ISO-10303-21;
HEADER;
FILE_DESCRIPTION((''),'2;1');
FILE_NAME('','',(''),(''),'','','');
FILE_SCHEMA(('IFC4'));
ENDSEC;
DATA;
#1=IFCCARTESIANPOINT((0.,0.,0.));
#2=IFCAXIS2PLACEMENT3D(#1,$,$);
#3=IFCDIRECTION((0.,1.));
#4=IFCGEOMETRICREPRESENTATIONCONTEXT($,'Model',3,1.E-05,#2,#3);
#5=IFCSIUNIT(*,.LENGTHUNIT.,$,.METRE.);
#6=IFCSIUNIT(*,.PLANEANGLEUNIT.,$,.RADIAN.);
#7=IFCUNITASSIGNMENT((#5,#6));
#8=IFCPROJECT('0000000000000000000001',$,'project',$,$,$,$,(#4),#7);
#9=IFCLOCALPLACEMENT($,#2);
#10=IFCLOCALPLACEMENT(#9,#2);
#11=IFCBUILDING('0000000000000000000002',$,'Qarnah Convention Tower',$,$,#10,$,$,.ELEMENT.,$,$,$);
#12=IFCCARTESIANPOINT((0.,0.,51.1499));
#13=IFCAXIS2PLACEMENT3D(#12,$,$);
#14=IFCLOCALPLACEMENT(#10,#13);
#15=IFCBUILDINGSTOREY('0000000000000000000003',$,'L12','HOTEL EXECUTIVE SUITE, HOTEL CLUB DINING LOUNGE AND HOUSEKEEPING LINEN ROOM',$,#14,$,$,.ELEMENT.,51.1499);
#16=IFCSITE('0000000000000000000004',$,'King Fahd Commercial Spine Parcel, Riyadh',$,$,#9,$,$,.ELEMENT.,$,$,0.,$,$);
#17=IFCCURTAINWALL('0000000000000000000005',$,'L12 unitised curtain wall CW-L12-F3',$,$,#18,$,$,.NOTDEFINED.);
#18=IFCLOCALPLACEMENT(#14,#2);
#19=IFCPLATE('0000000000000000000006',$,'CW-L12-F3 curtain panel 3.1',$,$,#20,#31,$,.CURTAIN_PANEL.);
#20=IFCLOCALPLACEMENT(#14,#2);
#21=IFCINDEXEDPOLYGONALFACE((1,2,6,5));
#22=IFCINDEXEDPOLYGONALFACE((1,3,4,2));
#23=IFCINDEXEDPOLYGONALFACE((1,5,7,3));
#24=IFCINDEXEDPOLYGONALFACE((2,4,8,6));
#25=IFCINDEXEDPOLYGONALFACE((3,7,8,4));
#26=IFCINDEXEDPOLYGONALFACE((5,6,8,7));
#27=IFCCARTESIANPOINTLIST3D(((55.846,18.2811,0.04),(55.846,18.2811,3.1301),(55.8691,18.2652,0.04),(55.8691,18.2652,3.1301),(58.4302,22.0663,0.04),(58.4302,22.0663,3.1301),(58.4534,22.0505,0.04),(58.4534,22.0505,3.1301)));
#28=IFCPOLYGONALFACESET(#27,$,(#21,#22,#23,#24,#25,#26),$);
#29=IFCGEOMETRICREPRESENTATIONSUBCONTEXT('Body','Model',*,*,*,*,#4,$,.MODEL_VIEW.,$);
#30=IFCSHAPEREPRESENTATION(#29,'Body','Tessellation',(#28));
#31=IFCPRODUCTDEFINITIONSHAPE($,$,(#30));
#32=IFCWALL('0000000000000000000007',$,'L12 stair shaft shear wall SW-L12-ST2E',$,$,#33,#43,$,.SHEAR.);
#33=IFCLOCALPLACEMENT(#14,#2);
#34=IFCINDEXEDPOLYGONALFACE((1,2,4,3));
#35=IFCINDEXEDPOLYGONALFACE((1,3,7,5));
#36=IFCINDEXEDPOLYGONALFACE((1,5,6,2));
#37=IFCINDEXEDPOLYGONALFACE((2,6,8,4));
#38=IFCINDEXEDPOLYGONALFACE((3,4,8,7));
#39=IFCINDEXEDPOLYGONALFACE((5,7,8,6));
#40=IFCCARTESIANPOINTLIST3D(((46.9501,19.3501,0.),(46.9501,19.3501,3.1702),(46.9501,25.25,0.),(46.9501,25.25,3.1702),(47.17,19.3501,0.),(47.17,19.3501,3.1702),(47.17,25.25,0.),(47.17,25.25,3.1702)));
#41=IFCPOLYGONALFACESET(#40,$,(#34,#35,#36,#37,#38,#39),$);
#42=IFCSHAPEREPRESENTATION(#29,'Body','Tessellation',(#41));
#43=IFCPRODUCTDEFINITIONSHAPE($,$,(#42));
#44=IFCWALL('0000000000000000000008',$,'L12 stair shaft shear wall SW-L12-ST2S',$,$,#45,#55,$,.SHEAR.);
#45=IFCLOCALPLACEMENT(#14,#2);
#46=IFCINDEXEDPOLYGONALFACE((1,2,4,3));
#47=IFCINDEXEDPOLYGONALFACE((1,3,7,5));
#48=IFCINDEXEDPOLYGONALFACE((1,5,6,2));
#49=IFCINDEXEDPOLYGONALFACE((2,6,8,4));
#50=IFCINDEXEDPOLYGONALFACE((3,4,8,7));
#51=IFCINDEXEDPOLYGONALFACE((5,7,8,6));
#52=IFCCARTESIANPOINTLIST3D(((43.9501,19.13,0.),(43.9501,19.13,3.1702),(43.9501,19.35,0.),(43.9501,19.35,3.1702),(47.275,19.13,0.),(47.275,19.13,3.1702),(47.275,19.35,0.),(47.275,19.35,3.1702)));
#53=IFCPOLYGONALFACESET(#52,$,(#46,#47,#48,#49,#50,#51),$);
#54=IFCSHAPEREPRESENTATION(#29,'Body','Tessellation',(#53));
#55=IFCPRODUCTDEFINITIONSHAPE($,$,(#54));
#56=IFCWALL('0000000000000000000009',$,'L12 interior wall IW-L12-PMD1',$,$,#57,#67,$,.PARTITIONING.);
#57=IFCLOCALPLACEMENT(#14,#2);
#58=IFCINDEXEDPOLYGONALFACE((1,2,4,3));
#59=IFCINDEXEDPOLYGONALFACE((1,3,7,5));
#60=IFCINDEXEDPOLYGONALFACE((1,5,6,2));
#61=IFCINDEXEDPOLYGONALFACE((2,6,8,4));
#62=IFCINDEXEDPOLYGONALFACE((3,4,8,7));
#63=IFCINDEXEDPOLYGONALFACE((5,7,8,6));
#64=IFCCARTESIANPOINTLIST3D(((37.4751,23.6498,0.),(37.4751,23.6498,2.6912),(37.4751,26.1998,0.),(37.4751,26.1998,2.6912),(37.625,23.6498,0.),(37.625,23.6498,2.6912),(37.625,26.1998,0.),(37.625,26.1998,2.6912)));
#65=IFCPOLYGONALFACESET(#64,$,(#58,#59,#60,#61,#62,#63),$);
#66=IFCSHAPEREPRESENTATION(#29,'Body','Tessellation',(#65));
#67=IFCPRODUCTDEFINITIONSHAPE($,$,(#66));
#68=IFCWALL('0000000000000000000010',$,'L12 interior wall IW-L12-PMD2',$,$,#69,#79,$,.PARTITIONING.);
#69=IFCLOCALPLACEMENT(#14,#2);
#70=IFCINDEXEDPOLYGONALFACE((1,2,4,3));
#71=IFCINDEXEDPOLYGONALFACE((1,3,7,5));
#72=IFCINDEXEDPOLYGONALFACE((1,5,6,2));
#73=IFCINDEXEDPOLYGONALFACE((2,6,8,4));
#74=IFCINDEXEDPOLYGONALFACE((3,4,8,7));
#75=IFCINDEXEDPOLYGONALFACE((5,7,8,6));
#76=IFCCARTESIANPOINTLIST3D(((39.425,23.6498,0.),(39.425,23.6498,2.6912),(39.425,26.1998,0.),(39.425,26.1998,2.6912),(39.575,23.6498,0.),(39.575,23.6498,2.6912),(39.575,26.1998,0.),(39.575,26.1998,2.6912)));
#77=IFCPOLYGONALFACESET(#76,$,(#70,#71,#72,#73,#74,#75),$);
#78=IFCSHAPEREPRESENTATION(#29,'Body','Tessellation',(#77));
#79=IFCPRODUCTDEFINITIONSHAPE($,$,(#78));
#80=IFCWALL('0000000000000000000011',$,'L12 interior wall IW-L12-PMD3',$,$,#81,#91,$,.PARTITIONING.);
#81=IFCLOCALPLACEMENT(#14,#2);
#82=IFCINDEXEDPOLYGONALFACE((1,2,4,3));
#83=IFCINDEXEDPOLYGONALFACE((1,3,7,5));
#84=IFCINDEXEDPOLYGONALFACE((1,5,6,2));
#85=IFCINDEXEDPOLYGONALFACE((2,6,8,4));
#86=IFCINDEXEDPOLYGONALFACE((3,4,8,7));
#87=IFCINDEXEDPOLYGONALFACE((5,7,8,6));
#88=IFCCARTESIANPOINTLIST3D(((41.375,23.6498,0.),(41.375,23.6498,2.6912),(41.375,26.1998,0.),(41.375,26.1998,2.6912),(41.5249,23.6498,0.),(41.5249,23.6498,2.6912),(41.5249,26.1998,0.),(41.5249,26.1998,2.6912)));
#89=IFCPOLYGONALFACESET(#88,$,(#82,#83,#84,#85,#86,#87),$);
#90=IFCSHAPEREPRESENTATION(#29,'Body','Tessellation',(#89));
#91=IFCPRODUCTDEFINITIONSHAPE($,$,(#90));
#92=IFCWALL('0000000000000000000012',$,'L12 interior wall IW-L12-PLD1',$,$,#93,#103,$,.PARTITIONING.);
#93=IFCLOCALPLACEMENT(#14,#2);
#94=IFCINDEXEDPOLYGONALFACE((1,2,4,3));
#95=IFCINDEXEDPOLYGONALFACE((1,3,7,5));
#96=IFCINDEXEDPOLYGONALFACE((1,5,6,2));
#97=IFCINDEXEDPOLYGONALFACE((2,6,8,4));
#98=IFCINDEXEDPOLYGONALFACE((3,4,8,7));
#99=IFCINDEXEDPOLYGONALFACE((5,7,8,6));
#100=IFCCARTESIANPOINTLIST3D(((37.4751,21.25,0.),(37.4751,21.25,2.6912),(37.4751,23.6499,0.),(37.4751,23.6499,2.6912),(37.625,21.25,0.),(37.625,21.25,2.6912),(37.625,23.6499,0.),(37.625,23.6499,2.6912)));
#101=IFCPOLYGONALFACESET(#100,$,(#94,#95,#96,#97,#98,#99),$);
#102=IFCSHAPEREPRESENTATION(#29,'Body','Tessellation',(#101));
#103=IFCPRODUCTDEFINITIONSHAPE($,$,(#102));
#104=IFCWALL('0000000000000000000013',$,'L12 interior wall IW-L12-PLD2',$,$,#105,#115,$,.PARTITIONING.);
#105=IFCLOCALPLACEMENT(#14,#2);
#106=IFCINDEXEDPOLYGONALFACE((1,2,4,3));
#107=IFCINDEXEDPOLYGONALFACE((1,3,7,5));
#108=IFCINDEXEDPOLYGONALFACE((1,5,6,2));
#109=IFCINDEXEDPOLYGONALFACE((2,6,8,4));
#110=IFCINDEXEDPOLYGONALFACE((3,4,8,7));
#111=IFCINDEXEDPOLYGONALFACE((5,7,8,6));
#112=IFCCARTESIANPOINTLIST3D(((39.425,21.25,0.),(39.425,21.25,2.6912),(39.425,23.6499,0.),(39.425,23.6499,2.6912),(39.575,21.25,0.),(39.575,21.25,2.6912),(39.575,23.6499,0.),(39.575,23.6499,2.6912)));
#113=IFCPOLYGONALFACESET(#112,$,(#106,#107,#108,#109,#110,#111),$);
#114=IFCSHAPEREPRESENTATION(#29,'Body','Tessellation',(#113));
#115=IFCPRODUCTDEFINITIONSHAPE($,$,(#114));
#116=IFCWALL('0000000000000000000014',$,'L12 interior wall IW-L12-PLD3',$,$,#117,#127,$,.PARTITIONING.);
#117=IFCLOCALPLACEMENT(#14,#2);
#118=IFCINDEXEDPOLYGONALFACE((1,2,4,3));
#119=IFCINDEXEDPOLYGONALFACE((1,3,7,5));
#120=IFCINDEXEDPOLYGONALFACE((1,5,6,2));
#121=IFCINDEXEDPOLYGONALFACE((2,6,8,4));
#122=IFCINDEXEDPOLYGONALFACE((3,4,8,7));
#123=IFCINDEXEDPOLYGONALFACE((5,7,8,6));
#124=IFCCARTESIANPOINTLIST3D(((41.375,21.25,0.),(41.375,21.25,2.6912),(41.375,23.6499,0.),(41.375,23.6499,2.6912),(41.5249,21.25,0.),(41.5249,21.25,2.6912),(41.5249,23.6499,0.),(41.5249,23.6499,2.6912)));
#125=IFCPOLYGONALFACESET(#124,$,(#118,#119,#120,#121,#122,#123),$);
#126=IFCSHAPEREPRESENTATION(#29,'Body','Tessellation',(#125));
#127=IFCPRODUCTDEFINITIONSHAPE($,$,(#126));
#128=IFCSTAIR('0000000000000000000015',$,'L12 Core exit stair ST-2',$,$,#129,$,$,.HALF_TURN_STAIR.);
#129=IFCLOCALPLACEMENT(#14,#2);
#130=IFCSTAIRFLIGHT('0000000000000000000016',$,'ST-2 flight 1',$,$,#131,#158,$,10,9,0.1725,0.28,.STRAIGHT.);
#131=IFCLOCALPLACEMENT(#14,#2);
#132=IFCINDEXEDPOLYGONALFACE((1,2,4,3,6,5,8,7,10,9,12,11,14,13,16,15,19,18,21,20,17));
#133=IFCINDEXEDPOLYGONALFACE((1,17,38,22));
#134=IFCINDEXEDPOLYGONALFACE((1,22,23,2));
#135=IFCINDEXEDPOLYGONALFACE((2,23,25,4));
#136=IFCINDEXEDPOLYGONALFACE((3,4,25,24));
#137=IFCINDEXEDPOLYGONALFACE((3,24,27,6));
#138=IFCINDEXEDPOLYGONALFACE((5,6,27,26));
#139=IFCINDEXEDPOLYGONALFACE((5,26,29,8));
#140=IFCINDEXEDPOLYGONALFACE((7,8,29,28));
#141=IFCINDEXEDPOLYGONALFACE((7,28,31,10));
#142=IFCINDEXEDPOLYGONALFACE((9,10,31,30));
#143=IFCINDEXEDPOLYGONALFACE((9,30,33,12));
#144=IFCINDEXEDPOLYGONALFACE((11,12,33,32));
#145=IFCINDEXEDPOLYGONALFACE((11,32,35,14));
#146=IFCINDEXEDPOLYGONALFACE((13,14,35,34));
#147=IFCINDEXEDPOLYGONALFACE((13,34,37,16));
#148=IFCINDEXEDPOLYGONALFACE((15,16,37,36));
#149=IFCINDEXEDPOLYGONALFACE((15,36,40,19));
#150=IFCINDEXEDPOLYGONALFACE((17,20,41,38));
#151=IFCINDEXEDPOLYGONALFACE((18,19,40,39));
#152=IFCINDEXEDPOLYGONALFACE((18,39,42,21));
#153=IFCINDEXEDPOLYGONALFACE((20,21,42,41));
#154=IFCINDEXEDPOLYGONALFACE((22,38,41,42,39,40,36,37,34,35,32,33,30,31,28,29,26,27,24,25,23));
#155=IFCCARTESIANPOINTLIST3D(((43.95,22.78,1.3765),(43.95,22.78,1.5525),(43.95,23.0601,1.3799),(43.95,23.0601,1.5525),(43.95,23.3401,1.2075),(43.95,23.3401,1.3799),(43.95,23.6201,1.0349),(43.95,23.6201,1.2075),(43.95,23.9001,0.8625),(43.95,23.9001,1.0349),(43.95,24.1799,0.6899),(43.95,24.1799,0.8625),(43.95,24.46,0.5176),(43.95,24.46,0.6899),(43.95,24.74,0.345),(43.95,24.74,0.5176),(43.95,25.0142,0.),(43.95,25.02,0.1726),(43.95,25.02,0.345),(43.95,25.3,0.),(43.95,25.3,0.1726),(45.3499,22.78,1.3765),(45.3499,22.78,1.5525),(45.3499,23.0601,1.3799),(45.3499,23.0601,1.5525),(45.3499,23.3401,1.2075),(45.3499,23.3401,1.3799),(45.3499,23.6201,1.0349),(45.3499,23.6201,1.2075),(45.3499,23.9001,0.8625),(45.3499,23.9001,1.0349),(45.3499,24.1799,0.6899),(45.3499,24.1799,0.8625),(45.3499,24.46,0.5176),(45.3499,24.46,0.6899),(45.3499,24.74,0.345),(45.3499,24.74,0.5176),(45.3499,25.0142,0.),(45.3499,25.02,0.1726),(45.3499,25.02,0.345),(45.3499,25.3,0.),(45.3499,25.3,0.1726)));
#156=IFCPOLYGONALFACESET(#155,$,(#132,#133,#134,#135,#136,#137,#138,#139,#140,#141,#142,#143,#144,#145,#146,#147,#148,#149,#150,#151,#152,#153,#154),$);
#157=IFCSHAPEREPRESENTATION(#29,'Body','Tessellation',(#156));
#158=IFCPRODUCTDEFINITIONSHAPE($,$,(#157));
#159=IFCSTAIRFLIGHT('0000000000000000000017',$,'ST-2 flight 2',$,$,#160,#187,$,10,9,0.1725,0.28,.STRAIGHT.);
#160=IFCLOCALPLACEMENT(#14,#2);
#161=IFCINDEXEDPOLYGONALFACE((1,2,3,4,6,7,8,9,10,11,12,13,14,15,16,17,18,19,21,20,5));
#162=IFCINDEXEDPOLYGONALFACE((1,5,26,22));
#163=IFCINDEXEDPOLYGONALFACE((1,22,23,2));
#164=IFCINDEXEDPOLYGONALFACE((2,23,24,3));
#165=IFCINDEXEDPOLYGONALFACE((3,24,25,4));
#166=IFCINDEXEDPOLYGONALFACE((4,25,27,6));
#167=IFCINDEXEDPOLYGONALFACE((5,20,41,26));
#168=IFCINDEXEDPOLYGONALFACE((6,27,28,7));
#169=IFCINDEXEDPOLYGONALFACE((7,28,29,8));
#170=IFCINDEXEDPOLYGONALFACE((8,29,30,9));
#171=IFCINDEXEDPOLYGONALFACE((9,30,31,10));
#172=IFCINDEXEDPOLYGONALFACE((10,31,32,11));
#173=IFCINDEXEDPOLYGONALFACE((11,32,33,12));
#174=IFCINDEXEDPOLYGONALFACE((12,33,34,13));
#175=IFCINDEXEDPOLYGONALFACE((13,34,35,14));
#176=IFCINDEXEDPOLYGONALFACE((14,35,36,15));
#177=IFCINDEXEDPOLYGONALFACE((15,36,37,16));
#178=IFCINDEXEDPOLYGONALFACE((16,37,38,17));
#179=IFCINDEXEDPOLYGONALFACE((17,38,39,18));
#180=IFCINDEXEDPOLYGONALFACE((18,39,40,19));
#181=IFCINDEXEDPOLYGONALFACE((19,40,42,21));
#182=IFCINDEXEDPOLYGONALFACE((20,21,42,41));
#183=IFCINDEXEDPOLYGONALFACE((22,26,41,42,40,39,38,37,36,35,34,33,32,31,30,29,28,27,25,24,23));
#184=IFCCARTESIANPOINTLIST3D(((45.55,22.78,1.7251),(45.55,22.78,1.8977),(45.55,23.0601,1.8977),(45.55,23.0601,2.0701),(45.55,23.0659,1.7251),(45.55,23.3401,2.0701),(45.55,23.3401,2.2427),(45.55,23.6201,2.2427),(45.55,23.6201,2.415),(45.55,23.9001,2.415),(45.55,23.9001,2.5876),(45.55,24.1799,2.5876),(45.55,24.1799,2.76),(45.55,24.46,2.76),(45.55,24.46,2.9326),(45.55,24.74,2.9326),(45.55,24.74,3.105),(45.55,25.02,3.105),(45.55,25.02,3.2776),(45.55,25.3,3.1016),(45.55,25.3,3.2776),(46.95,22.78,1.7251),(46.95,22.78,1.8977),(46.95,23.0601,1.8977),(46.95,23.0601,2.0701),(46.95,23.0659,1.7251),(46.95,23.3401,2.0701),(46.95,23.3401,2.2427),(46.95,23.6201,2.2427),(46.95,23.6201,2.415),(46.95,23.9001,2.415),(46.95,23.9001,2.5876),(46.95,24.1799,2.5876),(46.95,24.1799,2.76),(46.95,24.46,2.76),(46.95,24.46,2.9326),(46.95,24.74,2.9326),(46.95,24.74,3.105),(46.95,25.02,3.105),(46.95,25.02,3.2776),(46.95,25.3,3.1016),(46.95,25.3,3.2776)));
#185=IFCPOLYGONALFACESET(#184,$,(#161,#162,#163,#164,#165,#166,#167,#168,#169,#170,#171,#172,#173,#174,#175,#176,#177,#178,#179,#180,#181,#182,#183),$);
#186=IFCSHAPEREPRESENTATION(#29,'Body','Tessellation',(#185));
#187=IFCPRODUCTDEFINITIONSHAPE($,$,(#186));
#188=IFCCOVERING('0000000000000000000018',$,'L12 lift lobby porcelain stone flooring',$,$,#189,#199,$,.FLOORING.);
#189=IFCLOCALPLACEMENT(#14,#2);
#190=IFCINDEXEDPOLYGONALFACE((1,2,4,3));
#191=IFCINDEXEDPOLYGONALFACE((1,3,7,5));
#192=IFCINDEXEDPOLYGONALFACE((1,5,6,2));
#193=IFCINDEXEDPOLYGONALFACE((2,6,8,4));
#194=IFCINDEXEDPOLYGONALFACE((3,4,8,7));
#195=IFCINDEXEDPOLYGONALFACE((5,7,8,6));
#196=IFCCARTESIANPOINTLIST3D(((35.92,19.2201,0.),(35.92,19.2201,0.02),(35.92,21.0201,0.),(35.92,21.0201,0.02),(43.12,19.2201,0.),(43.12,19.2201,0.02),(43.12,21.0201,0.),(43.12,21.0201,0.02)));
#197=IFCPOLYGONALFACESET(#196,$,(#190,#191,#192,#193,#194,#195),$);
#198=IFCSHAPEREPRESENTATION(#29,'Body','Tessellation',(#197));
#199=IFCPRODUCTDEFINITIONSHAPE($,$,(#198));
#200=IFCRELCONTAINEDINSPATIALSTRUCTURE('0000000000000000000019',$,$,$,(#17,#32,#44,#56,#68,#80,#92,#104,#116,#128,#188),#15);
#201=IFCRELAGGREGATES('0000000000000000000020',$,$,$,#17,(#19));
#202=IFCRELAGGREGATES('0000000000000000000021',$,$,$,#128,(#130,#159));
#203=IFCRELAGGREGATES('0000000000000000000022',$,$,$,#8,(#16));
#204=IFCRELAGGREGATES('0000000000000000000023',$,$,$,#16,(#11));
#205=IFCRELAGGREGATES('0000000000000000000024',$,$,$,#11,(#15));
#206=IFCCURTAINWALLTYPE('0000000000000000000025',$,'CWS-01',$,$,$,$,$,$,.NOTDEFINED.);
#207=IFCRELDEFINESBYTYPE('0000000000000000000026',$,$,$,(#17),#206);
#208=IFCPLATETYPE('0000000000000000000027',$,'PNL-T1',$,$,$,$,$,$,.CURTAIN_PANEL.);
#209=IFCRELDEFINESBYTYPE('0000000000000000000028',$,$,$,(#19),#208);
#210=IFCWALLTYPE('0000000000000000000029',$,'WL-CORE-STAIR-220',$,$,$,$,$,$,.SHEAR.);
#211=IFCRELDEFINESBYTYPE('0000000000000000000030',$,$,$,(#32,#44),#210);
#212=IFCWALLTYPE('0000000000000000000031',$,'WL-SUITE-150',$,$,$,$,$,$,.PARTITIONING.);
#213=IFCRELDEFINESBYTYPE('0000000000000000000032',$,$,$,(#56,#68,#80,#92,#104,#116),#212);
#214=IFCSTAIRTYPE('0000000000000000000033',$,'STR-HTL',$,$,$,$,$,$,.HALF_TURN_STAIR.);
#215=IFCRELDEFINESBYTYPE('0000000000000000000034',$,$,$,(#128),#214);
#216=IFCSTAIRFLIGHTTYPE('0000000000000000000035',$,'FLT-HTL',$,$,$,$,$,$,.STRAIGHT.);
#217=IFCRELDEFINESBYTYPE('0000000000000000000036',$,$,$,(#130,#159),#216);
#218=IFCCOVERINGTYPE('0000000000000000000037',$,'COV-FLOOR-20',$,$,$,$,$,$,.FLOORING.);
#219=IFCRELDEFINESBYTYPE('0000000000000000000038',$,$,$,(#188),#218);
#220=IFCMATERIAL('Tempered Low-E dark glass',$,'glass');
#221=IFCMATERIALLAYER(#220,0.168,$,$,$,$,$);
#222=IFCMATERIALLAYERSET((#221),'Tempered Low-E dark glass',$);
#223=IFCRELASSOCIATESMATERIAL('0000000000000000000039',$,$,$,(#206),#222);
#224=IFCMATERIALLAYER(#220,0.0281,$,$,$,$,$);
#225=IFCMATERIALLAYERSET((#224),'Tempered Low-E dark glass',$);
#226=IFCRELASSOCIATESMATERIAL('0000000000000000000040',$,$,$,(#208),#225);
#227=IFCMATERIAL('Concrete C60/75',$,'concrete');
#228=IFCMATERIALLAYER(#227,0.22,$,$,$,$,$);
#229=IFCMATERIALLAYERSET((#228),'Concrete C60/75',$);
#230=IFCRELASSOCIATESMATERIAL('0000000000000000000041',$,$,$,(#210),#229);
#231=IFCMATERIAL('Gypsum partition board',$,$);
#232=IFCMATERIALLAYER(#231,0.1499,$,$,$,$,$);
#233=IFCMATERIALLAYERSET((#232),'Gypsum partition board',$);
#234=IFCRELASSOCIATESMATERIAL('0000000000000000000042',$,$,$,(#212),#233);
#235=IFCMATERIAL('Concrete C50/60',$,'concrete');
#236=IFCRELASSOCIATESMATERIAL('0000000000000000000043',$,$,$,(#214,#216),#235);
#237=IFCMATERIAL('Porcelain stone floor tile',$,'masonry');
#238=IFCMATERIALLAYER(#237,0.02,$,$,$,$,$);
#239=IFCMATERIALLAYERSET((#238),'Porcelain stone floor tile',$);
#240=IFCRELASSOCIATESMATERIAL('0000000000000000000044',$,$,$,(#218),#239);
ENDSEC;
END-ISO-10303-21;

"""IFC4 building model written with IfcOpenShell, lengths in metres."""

from ifc_helpers import new_model, si_unit, direction, frame, frame_2d, origin, origin_2d, place, context, subcontext, project, spatial, polyline, rectangle, outline, extrude, material, layer, layer_set, type_object, element, aggregate, save


model = new_model("IFC4")

# Units and contexts
model_context = context("Model", 3, precision=1e-05, world=origin(), true_north=direction((0.0, 1.0)))
body_context = subcontext(model_context, "Body", "Model", "MODEL_VIEW")
ifc_project = project(units=[si_unit("LENGTHUNIT", "METRE"), si_unit("PLANEANGLEUNIT", "RADIAN")], contexts=[model_context])

# Site, building, storey
site_placement = place(None, origin())
site = spatial("IfcSite", under=ifc_project, at=site_placement, Name="King Fahd Commercial Spine Parcel, Riyadh", CompositionType="ELEMENT", RefElevation=0.0)
building_placement = place(site_placement, origin())
building = spatial("IfcBuilding", under=site, at=building_placement, Name="Qarnah Convention Tower", CompositionType="ELEMENT")
storey_placement = place(building_placement, frame((0.0, 0.0, 51.1499)))
storey = spatial("IfcBuildingStorey", under=building, at=storey_placement, Name="L12", Description="HOTEL EXECUTIVE SUITE, HOTEL CLUB DINING LOUNGE AND HOUSEKEEPING LINEN ROOM", CompositionType="ELEMENT", Elevation=51.1499)

# Shared definitions
ifc_material_1 = material(Name="Concrete C60/75", Category="concrete")

# Curtain wall, plate
ifc_material_2 = material(Name="Tempered Low-E dark glass", Category="glass")
ifc_layer_1 = layer(ifc_material_2, 0.168)
ifc_layer_set_1 = layer_set([ifc_layer_1], Name="Tempered Low-E dark glass")
curtain_wall_type = type_object("IfcCurtainWallType", Name="CWS-01", PredefinedType="NOTDEFINED", material=ifc_layer_set_1)
curtain_wall_placement = place(storey_placement, origin())
curtain_wall = element("IfcCurtainWall", 1, at=curtain_wall_placement, inside=storey, type_object=curtain_wall_type, Name="L12 unitised curtain wall CW-L12-F3", PredefinedType="NOTDEFINED")
ifc_layer_2 = layer(ifc_material_2, 0.0281)
ifc_layer_set_2 = layer_set([ifc_layer_2], Name="Tempered Low-E dark glass")
plate_type = type_object("IfcPlateType", Name="PNL-T1", PredefinedType="CURTAIN_PANEL", material=ifc_layer_set_2)
plate_1_placement = place(storey_placement, frame((57.1497, 20.1658, 0.04), z_axis=(0.0, 0.0, 1.0), x_axis=(-0.563838, -0.825885, 0.0)))
plate_1 = element("IfcPlate", 2, at=plate_1_placement, type_object=plate_type, Name="CW-L12-F3 curtain panel 3.1", PredefinedType="CURTAIN_PANEL", context=body_context, shape_type="SweptSolid", body=[
    extrude(rectangle(XDim=4.5833, YDim=0.0281, at=origin_2d()), origin(), (0.0, 0.0, 1.0), 3.0901),
])
aggregate(curtain_wall, [plate_1])

# Walls
ifc_layer_3 = layer(ifc_material_1, 0.22)
ifc_layer_set_3 = layer_set([ifc_layer_3], Name="Concrete C60/75")
wall_type_1 = type_object("IfcWallType", Name="WL-CORE-STAIR-220", PredefinedType="SHEAR", material=ifc_layer_set_3)
wall_1_placement = place(storey_placement, frame((47.0601, 19.3501, 0.0), z_axis=(0.0, 0.0, 1.0), x_axis=(0.0, 1.0, 0.0)))
element("IfcWall", 3, at=wall_1_placement, inside=storey, type_object=wall_type_1, Name="L12 stair shaft shear wall SW-L12-ST2E", PredefinedType="SHEAR", context=body_context, shape_type="SweptSolid", body=[
    extrude(rectangle(XDim=5.8999, YDim=0.22, at=frame_2d((2.95, 0.0))), origin(), (0.0, 0.0, 1.0), 3.1702),
])
wall_2_placement = place(storey_placement, frame((43.95, 19.24, 0.0), z_axis=(0.0, 0.0, 1.0), x_axis=(1.0, 0.0, 0.0)))
element("IfcWall", 4, at=wall_2_placement, inside=storey, type_object=wall_type_1, Name="L12 stair shaft shear wall SW-L12-ST2S", PredefinedType="SHEAR", context=body_context, shape_type="SweptSolid", body=[
    extrude(rectangle(XDim=3.325, YDim=0.22, at=frame_2d((1.6626, 0.0))), origin(), (0.0, 0.0, 1.0), 3.1702),
])
ifc_material_3 = material(Name="Gypsum partition board")
ifc_layer_4 = layer(ifc_material_3, 0.1499)
ifc_layer_set_4 = layer_set([ifc_layer_4], Name="Gypsum partition board")
wall_type_2 = type_object("IfcWallType", Name="WL-SUITE-150", PredefinedType="PARTITIONING", material=ifc_layer_set_4)
for number, where, z_axis, x_axis, name in (
    (5, (37.55, 23.6499, 0.0), (0.0, 0.0, 1.0), (0.0, 1.0, 0.0), "L12 interior wall IW-L12-PMD1"),
    (6, (39.5, 23.6499, 0.0), (0.0, 0.0, 1.0), (0.0, 1.0, 0.0), "L12 interior wall IW-L12-PMD2"),
    (7, (41.45, 23.6499, 0.0), (0.0, 0.0, 1.0), (0.0, 1.0, 0.0), "L12 interior wall IW-L12-PMD3"),
):
    element("IfcWall", number, at=place(storey_placement, frame(where, z_axis=z_axis, x_axis=x_axis)), inside=storey, type_object=wall_type_2, Name=name, PredefinedType="PARTITIONING", context=body_context, shape_type="SweptSolid", body=[
        extrude(rectangle(XDim=2.55, YDim=0.1499, at=frame_2d((1.2749, 0.0))), origin(), (0.0, 0.0, 1.0), 2.6912),
    ])
for number, where, z_axis, x_axis, name in (
    (8, (37.55, 21.25, 0.0), (0.0, 0.0, 1.0), (0.0, 1.0, 0.0), "L12 interior wall IW-L12-PLD1"),
    (9, (39.5, 21.25, 0.0), (0.0, 0.0, 1.0), (0.0, 1.0, 0.0), "L12 interior wall IW-L12-PLD2"),
    (10, (41.45, 21.25, 0.0), (0.0, 0.0, 1.0), (0.0, 1.0, 0.0), "L12 interior wall IW-L12-PLD3"),
):
    element("IfcWall", number, at=place(storey_placement, frame(where, z_axis=z_axis, x_axis=x_axis)), inside=storey, type_object=wall_type_2, Name=name, PredefinedType="PARTITIONING", context=body_context, shape_type="SweptSolid", body=[
        extrude(rectangle(XDim=2.3999, YDim=0.1499, at=frame_2d((1.2, 0.0))), origin(), (0.0, 0.0, 1.0), 2.6912),
    ])

# Stair, stair flights
ifc_material_4 = material(Name="Concrete C50/60", Category="concrete")
stair_type = type_object("IfcStairType", Name="STR-HTL", PredefinedType="HALF_TURN_STAIR", material=ifc_material_4)
stair_placement = place(storey_placement, origin())
stair = element("IfcStair", 11, at=stair_placement, inside=storey, type_object=stair_type, Name="L12 Core exit stair ST-2", PredefinedType="HALF_TURN_STAIR")
stair_flight_type = type_object("IfcStairFlightType", Name="FLT-HTL", PredefinedType="STRAIGHT", material=ifc_material_4)
stair_flight_1_placement = place(storey_placement, frame((44.6499, 25.3, 0.0), z_axis=(0.0, 0.0, 1.0), x_axis=(0.0, -1.0, 0.0)))
stair_flight_1 = element("IfcStairFlight", 12, at=stair_flight_1_placement, type_object=stair_flight_type, Name="ST-2 flight 1", NumberOfRisers=10, NumberOfTreads=9, PredefinedType="STRAIGHT", RiserHeight=0.1725, TreadLength=0.28, context=body_context, shape_type="SweptSolid", body=[
    extrude(outline(polyline([(0.0, 0.0), (0.0, 0.1726), (0.28, 0.1726), (0.28, 0.345), (0.5601, 0.345), (0.5601, 0.5176), (0.8401, 0.5176), (0.8401, 0.6899), (1.1201, 0.6899), (1.1201, 0.8625), (1.3999, 0.8625), (1.3999, 1.0349), (1.6799, 1.0349), (1.6799, 1.2075), (1.96, 1.2075), (1.96, 1.3799), (2.24, 1.3799), (2.24, 1.5525), (2.52, 1.5525), (2.52, 1.7251), (2.52, 1.3765), (0.2859, 0.0), (0.0, 0.0)])), frame((0.0, 0.7, 0.0), z_axis=(0.0, -1.0, 0.0), x_axis=(1.0, 0.0, 0.0)), (0.0, 0.0, 1.0), 1.3999),
])
stair_flight_2_placement = place(storey_placement, frame((46.25, 22.78, 1.7251), z_axis=(0.0, 0.0, 1.0), x_axis=(0.0, 1.0, 0.0)))
stair_flight_2 = element("IfcStairFlight", 13, at=stair_flight_2_placement, type_object=stair_flight_type, Name="ST-2 flight 2", NumberOfRisers=10, NumberOfTreads=9, PredefinedType="STRAIGHT", RiserHeight=0.1725, TreadLength=0.28, context=body_context, shape_type="SweptSolid", body=[
    extrude(outline(polyline([(0.0, 0.0), (0.0, 0.1726), (0.28, 0.1726), (0.28, 0.345), (0.5601, 0.345), (0.5601, 0.5176), (0.8401, 0.5176), (0.8401, 0.6899), (1.1201, 0.6899), (1.1201, 0.8625), (1.3999, 0.8625), (1.3999, 1.0349), (1.6799, 1.0349), (1.6799, 1.2075), (1.96, 1.2075), (1.96, 1.3799), (2.24, 1.3799), (2.24, 1.5525), (2.52, 1.5525), (2.52, 1.7251), (2.52, 1.3765), (0.2859, 0.0), (0.0, 0.0)])), frame((0.0, 0.7, 0.0), z_axis=(0.0, -1.0, 0.0), x_axis=(1.0, 0.0, 0.0)), (0.0, 0.0, 1.0), 1.3999),
])
aggregate(stair, [stair_flight_1, stair_flight_2])

# Covering
ifc_material_5 = material(Name="Porcelain stone floor tile", Category="masonry")
ifc_layer_5 = layer(ifc_material_5, 0.02)
ifc_layer_set_5 = layer_set([ifc_layer_5], Name="Porcelain stone floor tile")
covering_type = type_object("IfcCoveringType", Name="COV-FLOOR-20", PredefinedType="FLOORING", material=ifc_layer_set_5)
covering_placement = place(storey_placement, frame((39.52, 20.1201, 0.0), z_axis=(0.0, 0.0, 1.0), x_axis=(1.0, 0.0, 0.0)))
element("IfcCovering", 14, at=covering_placement, inside=storey, type_object=covering_type, Name="L12 lift lobby porcelain stone flooring", PredefinedType="FLOORING", context=body_context, shape_type="SweptSolid", body=[
    extrude(rectangle(XDim=7.2, YDim=1.8, at=origin_2d()), origin(), (0.0, 0.0, 1.0), 0.02),
])

save(model, "model.ifc")
